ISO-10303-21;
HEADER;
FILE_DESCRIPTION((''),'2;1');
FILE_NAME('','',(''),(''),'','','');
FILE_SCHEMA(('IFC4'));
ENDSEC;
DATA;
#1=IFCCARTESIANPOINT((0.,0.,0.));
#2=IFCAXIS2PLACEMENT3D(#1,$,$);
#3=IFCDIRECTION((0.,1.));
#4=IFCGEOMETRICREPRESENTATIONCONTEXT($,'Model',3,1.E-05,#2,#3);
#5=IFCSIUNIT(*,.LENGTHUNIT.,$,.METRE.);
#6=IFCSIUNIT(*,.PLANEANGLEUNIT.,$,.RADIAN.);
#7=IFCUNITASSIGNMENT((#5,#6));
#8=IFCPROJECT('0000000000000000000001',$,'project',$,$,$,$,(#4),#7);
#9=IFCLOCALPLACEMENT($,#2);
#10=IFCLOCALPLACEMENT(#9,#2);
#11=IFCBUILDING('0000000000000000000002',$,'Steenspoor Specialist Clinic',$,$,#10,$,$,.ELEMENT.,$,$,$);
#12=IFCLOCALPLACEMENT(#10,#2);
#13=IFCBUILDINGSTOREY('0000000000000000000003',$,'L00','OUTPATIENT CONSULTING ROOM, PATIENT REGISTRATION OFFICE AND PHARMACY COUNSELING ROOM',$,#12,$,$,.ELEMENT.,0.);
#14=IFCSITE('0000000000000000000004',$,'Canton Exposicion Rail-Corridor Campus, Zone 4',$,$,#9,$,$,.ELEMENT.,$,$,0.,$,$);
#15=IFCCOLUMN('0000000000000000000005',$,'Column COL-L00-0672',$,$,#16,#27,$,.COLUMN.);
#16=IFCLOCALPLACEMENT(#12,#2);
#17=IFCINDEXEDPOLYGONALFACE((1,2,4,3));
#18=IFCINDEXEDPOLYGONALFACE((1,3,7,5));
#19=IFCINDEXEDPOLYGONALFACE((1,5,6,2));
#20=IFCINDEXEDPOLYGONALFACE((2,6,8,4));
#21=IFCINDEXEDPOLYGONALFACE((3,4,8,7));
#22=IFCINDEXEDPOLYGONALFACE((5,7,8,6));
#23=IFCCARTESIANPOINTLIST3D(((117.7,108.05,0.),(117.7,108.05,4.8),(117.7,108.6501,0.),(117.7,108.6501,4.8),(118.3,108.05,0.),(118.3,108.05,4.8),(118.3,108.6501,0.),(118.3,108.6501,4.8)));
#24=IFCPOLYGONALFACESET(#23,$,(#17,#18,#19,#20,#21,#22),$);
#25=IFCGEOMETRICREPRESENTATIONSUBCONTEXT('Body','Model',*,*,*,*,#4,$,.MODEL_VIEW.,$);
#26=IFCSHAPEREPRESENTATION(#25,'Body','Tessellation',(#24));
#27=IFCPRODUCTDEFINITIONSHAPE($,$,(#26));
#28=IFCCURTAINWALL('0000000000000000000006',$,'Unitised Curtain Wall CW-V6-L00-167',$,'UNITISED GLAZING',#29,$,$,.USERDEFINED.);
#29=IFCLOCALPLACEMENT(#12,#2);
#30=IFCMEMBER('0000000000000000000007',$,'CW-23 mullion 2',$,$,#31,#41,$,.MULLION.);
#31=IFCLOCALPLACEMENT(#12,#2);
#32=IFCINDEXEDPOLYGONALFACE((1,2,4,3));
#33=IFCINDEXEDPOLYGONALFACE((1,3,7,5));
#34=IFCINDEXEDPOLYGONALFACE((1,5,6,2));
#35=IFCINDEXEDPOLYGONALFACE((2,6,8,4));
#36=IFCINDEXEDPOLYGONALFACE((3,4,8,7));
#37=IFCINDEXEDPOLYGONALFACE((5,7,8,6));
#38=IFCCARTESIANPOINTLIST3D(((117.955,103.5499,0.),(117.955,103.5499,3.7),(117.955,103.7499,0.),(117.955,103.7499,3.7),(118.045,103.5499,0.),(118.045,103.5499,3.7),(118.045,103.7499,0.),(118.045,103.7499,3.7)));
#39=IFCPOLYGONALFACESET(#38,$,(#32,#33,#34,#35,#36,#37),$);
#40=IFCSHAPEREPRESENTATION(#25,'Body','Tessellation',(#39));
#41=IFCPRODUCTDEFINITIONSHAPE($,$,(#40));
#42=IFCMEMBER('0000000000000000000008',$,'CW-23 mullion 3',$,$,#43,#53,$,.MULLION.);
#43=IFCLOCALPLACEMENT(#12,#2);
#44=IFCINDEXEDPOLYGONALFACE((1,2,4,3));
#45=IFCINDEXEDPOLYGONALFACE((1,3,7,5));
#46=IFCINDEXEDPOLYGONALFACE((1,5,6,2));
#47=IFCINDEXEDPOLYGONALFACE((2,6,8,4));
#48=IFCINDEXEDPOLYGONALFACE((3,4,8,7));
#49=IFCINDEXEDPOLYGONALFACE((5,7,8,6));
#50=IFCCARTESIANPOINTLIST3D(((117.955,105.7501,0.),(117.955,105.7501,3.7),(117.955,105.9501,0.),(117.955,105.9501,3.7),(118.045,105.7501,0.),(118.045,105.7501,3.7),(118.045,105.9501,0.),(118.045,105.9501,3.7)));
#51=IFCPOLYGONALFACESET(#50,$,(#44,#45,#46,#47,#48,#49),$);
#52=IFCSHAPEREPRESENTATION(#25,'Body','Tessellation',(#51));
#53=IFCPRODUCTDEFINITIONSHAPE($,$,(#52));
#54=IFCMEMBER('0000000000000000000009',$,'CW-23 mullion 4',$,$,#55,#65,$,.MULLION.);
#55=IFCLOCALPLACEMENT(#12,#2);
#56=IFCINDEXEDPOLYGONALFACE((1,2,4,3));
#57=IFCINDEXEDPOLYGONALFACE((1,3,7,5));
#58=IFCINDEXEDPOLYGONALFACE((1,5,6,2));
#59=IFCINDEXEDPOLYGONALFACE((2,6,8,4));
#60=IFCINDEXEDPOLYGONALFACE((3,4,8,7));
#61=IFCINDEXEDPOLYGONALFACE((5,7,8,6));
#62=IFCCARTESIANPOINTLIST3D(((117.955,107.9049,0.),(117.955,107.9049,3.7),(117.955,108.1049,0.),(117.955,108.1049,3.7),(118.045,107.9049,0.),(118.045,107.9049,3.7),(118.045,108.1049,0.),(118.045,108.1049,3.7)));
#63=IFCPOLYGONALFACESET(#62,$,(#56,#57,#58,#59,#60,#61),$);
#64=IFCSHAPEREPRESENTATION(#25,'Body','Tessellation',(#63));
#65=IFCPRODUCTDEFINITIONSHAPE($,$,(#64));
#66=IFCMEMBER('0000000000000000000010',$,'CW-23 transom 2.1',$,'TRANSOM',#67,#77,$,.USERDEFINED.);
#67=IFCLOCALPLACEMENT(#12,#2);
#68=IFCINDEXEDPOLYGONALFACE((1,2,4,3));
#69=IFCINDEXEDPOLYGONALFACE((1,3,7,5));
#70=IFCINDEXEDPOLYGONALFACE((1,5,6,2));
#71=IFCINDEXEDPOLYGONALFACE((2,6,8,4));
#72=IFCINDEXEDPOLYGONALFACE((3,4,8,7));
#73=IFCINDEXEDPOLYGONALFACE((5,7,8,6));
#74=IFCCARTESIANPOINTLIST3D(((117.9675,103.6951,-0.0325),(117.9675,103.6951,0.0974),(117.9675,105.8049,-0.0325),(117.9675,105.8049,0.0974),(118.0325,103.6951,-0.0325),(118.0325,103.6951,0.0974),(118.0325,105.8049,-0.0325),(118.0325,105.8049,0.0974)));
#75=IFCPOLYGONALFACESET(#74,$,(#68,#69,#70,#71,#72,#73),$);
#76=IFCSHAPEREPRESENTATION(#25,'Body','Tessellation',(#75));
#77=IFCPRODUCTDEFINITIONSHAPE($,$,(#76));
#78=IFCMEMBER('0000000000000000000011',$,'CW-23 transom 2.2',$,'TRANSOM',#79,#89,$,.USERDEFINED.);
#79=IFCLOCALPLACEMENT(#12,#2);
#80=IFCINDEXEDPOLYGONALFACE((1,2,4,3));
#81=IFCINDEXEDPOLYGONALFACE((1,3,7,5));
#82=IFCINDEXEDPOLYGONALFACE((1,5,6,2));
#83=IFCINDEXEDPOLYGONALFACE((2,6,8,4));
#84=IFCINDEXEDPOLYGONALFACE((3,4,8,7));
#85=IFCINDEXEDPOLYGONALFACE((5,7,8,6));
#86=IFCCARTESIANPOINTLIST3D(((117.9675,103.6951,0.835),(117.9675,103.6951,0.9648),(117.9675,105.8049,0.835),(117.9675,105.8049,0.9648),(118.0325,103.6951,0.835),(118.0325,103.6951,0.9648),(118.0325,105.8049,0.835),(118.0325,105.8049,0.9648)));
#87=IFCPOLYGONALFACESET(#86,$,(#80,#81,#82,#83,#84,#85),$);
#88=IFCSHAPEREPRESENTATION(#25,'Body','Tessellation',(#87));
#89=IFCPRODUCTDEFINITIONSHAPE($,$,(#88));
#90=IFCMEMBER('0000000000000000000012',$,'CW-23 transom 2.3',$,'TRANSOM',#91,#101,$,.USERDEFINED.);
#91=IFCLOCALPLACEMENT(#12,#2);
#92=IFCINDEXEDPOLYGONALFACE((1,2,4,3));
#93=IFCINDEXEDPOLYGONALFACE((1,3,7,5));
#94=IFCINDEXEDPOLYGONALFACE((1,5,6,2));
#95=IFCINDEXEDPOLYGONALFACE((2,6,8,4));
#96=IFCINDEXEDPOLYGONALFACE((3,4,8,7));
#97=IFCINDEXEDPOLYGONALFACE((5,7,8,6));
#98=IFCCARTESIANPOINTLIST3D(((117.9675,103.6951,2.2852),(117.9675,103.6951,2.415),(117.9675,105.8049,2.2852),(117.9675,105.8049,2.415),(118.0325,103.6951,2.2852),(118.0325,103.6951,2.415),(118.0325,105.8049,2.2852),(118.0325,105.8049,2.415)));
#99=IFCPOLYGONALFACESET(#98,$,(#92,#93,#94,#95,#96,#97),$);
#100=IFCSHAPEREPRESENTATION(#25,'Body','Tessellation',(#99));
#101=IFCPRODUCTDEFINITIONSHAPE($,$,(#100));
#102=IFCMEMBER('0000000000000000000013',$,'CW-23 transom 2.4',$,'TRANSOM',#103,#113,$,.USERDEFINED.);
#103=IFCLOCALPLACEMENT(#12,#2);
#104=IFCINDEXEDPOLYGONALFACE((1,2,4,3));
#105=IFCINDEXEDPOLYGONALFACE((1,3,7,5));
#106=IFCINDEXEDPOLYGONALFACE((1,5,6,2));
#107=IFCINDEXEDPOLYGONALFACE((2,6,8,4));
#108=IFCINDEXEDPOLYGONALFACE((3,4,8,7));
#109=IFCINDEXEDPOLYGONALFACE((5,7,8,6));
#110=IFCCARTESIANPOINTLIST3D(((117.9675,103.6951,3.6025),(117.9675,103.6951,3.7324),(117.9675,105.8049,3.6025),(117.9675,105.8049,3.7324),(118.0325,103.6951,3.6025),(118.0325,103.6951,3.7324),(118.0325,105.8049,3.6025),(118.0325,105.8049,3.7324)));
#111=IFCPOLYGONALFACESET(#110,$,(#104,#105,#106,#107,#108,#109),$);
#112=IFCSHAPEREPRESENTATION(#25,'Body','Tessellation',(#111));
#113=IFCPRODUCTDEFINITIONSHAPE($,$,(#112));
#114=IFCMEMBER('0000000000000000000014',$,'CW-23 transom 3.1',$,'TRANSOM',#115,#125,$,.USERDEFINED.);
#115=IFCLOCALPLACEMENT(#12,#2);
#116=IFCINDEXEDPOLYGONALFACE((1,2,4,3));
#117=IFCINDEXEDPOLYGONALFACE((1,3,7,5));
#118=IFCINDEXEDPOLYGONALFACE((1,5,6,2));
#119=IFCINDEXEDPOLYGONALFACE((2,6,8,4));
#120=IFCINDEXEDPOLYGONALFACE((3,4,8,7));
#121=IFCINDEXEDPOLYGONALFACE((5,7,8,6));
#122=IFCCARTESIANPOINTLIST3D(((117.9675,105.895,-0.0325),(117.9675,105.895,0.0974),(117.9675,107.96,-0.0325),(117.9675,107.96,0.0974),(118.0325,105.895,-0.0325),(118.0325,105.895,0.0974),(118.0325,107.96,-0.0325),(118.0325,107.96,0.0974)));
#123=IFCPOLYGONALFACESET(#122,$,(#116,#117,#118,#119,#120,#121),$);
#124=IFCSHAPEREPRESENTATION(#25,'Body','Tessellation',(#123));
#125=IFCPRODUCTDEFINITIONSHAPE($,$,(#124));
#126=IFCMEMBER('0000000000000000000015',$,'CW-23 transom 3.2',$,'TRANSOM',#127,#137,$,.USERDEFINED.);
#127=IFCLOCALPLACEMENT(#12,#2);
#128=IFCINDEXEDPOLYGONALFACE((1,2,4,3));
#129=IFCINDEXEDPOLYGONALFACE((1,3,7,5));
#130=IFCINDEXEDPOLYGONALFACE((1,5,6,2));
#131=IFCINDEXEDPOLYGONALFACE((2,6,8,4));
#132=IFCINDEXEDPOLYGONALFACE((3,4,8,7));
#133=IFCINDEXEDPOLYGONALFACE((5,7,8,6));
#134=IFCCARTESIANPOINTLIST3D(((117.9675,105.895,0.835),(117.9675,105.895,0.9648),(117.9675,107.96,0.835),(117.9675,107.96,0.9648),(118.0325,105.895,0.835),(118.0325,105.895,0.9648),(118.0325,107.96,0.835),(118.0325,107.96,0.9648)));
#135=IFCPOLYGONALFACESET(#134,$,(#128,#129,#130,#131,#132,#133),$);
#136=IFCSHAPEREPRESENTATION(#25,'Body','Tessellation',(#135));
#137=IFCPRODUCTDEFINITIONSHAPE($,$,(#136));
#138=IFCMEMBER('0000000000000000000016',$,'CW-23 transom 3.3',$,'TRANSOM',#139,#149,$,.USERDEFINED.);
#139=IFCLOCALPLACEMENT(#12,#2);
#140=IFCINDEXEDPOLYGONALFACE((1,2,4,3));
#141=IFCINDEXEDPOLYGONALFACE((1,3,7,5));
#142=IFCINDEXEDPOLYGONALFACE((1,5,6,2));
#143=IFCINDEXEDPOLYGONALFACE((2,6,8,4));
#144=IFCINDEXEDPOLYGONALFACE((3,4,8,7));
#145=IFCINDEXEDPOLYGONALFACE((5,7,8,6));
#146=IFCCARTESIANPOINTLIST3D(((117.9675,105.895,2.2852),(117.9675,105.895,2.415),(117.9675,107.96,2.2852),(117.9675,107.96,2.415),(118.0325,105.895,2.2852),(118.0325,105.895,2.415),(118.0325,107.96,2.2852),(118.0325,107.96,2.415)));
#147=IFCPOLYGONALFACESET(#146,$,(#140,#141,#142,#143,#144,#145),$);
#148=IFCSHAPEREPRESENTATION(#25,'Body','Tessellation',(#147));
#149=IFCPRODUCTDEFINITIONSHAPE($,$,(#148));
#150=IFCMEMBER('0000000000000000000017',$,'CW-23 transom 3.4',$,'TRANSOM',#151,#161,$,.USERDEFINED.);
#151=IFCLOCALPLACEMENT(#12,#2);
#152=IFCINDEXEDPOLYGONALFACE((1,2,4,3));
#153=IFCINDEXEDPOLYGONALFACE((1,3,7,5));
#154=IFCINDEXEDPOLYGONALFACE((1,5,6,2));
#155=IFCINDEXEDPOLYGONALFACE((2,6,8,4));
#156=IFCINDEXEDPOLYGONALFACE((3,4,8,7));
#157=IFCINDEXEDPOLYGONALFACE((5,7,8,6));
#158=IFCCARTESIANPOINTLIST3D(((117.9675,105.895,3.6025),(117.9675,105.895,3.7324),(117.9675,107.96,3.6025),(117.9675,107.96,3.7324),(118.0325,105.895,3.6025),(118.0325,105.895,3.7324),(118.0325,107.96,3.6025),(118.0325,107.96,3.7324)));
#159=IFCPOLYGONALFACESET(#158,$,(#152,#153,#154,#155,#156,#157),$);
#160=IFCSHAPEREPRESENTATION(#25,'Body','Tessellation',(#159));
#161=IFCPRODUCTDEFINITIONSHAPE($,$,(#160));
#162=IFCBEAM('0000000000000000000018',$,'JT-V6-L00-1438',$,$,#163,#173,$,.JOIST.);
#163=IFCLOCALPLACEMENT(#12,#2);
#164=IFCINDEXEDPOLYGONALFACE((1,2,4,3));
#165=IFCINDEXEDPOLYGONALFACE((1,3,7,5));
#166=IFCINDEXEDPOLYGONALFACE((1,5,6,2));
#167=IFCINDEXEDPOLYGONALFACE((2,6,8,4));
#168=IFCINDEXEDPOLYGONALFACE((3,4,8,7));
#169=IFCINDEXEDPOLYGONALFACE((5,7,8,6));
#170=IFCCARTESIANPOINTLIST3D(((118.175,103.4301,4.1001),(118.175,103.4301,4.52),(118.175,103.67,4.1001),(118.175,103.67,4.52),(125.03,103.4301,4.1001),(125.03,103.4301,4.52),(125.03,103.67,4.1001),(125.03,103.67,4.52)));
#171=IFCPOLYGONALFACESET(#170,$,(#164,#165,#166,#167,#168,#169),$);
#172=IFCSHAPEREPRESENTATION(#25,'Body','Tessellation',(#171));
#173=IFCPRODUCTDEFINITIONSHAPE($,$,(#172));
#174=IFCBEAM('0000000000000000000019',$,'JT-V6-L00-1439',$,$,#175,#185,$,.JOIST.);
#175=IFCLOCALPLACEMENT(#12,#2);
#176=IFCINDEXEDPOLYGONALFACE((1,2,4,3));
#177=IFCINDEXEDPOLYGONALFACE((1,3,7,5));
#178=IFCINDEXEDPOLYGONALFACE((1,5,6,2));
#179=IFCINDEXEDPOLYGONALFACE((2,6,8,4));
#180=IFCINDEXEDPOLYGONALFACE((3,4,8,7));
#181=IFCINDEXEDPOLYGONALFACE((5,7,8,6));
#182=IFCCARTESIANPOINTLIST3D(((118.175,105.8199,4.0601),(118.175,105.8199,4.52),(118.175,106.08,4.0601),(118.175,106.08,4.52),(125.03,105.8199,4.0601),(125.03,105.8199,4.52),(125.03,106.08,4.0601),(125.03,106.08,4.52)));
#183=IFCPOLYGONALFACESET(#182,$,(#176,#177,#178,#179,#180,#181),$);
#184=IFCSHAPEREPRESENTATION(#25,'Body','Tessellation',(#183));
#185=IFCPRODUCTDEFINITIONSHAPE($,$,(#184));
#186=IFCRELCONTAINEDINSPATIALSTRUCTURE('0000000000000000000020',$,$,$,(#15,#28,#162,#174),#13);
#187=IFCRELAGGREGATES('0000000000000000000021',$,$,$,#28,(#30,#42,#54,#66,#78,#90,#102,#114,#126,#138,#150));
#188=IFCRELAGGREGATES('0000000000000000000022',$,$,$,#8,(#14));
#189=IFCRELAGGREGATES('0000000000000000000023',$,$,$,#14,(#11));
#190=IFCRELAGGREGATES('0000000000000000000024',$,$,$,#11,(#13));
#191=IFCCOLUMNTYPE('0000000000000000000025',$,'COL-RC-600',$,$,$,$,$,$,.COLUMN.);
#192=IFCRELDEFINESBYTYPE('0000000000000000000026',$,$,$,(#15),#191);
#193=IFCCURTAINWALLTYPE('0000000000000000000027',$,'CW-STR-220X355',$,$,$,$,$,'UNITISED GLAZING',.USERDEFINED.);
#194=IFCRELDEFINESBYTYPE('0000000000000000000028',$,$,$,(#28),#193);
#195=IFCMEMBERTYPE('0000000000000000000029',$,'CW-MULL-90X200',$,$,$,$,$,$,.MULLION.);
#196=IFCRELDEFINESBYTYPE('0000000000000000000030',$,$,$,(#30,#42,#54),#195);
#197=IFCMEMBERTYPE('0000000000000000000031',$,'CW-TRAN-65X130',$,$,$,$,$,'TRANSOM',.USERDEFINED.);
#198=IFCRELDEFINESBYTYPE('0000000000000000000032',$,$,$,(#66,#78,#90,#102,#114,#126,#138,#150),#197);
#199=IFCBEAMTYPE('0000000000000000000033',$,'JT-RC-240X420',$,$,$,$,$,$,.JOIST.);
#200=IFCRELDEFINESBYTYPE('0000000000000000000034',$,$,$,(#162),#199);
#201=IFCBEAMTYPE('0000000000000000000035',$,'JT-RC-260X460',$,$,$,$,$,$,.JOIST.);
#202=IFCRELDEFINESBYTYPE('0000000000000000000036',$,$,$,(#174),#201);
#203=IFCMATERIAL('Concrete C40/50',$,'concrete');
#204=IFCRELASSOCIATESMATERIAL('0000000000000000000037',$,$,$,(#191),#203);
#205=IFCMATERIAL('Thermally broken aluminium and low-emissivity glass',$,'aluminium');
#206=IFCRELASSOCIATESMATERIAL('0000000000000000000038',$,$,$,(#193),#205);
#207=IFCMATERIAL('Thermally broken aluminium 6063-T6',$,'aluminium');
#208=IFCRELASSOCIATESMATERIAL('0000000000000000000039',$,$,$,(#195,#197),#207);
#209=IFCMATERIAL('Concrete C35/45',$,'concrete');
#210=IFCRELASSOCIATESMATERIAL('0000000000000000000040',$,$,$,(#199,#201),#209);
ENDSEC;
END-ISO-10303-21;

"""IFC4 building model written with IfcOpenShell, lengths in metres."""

from ifc_helpers import new_model, si_unit, direction, frame, origin, origin_2d, place, context, subcontext, project, spatial, rectangle, extrude, material, material_profile, profile_set, type_object, element, aggregate, save


model = new_model("IFC4")

# Units and contexts
model_context = context("Model", 3, precision=1e-05, world=origin(), true_north=direction((0.0, 1.0)))
body_context = subcontext(model_context, "Body", "Model", "MODEL_VIEW")
ifc_project = project(units=[si_unit("LENGTHUNIT", "METRE"), si_unit("PLANEANGLEUNIT", "RADIAN")], contexts=[model_context])

# Site, building, storey
site_placement = place(None, origin())
site = spatial("IfcSite", under=ifc_project, at=site_placement, Name="Canton Exposicion Rail-Corridor Campus, Zone 4", CompositionType="ELEMENT", RefElevation=0.0)
building_placement = place(site_placement, origin())
building = spatial("IfcBuilding", under=site, at=building_placement, Name="Steenspoor Specialist Clinic", CompositionType="ELEMENT")
storey_placement = place(building_placement, origin())
storey = spatial("IfcBuildingStorey", under=building, at=storey_placement, Name="L00", Description="OUTPATIENT CONSULTING ROOM, PATIENT REGISTRATION OFFICE AND PHARMACY COUNSELING ROOM", CompositionType="ELEMENT", Elevation=0.0)

# Column
ifc_material_1 = material(Name="Concrete C40/50", Category="concrete")
ifc_material_profile_1 = material_profile(ifc_material_1, rectangle(XDim=0.6001, YDim=0.6001, at=origin_2d()), Name="RC-COL-600X600")
ifc_profile_set_1 = profile_set([ifc_material_profile_1], Name="Concrete C40/50")
column_type = type_object("IfcColumnType", Name="COL-RC-600", PredefinedType="COLUMN", material=ifc_profile_set_1)
column_placement = place(storey_placement, frame((118.0, 108.3501, 0.0), z_axis=(0.0, 0.0, 1.0), x_axis=(1.0, 0.0, 0.0)))
element("IfcColumn", 1, at=column_placement, inside=storey, type_object=column_type, Name="Column COL-L00-0672", PredefinedType="COLUMN", context=body_context, shape_type="SweptSolid", body=[
    extrude(rectangle(XDim=0.6001, YDim=0.6001, at=origin_2d()), origin(), (0.0, 0.0, 1.0), 4.8),
])

# Curtain wall, members
ifc_material_2 = material(Name="Thermally broken aluminium and low-emissivity glass", Category="aluminium")
curtain_wall_type = type_object("IfcCurtainWallType", Name="CW-STR-220X355", ElementType="UNITISED GLAZING", PredefinedType="USERDEFINED", material=ifc_material_2)
curtain_wall_placement = place(storey_placement, origin())
curtain_wall = element("IfcCurtainWall", 2, at=curtain_wall_placement, inside=storey, type_object=curtain_wall_type, Name="Unitised Curtain Wall CW-V6-L00-167", ObjectType="UNITISED GLAZING", PredefinedType="USERDEFINED")
ifc_material_3 = material(Name="Thermally broken aluminium 6063-T6", Category="aluminium")
ifc_material_profile_2 = material_profile(ifc_material_3, rectangle(XDim=0.0901, YDim=0.2, at=origin_2d()), Name="CWM-90X200")
ifc_profile_set_2 = profile_set([ifc_material_profile_2], Name="Thermally broken aluminium 6063-T6")
member_type_1 = type_object("IfcMemberType", Name="CW-MULL-90X200", PredefinedType="MULLION", material=ifc_profile_set_2)
member_1_placement = place(storey_placement, frame((118.0, 103.6499, 0.0), z_axis=(0.0, 0.0, 1.0), x_axis=(-1.0, 0.0, 0.0)))
member_1 = element("IfcMember", 3, at=member_1_placement, type_object=member_type_1, Name="CW-23 mullion 2", PredefinedType="MULLION", context=body_context, shape_type="SweptSolid", body=[
    extrude(rectangle(XDim=0.0901, YDim=0.2, at=origin_2d()), origin(), (0.0, 0.0, 1.0), 3.7),
])
member_2_placement = place(storey_placement, frame((118.0, 105.8501, 0.0), z_axis=(0.0, 0.0, 1.0), x_axis=(-1.0, 0.0, 0.0)))
member_2 = element("IfcMember", 4, at=member_2_placement, type_object=member_type_1, Name="CW-23 mullion 3", PredefinedType="MULLION", context=body_context, shape_type="SweptSolid", body=[
    extrude(rectangle(XDim=0.0901, YDim=0.2, at=origin_2d()), origin(), (0.0, 0.0, 1.0), 3.7),
])
member_3_placement = place(storey_placement, frame((118.0, 108.0049, 0.0), z_axis=(0.0, 0.0, 1.0), x_axis=(-1.0, 0.0, 0.0)))
member_3 = element("IfcMember", 5, at=member_3_placement, type_object=member_type_1, Name="CW-23 mullion 4", PredefinedType="MULLION", context=body_context, shape_type="SweptSolid", body=[
    extrude(rectangle(XDim=0.0901, YDim=0.2, at=origin_2d()), origin(), (0.0, 0.0, 1.0), 3.7),
])
ifc_material_profile_3 = material_profile(ifc_material_3, rectangle(XDim=0.0649, YDim=0.1299, at=origin_2d()), Name="CWT-65X130")
ifc_profile_set_3 = profile_set([ifc_material_profile_3], Name="Thermally broken aluminium 6063-T6")
member_type_2 = type_object("IfcMemberType", Name="CW-TRAN-65X130", ElementType="TRANSOM", PredefinedType="USERDEFINED", material=ifc_profile_set_3)
member_4_placement = place(storey_placement, frame((118.0, 103.6951, 0.0325), z_axis=(0.0, 1.0, 0.0), x_axis=(-1.0, 0.0, 0.0)))
member_4 = element("IfcMember", 6, at=member_4_placement, type_object=member_type_2, Name="CW-23 transom 2.1", ObjectType="TRANSOM", PredefinedType="USERDEFINED", context=body_context, shape_type="SweptSolid", body=[
    extrude(rectangle(XDim=0.0649, YDim=0.1299, at=origin_2d()), origin(), (0.0, 0.0, 1.0), 2.1099),
])
member_5_placement = place(storey_placement, frame((118.0, 103.6951, 0.8999), z_axis=(0.0, 1.0, 0.0), x_axis=(-1.0, 0.0, 0.0)))
member_5 = element("IfcMember", 7, at=member_5_placement, type_object=member_type_2, Name="CW-23 transom 2.2", ObjectType="TRANSOM", PredefinedType="USERDEFINED", context=body_context, shape_type="SweptSolid", body=[
    extrude(rectangle(XDim=0.0649, YDim=0.1299, at=origin_2d()), origin(), (0.0, 0.0, 1.0), 2.1099),
])
member_6_placement = place(storey_placement, frame((118.0, 103.6951, 2.3501), z_axis=(0.0, 1.0, 0.0), x_axis=(-1.0, 0.0, 0.0)))
member_6 = element("IfcMember", 8, at=member_6_placement, type_object=member_type_2, Name="CW-23 transom 2.3", ObjectType="TRANSOM", PredefinedType="USERDEFINED", context=body_context, shape_type="SweptSolid", body=[
    extrude(rectangle(XDim=0.0649, YDim=0.1299, at=origin_2d()), origin(), (0.0, 0.0, 1.0), 2.1099),
])
member_7_placement = place(storey_placement, frame((118.0, 103.6951, 3.6675), z_axis=(0.0, 1.0, 0.0), x_axis=(-1.0, 0.0, 0.0)))
member_7 = element("IfcMember", 9, at=member_7_placement, type_object=member_type_2, Name="CW-23 transom 2.4", ObjectType="TRANSOM", PredefinedType="USERDEFINED", context=body_context, shape_type="SweptSolid", body=[
    extrude(rectangle(XDim=0.0649, YDim=0.1299, at=origin_2d()), origin(), (0.0, 0.0, 1.0), 2.1099),
])
member_8_placement = place(storey_placement, frame((118.0, 105.895, 0.0325), z_axis=(0.0, 1.0, 0.0), x_axis=(-1.0, 0.0, 0.0)))
member_8 = element("IfcMember", 10, at=member_8_placement, type_object=member_type_2, Name="CW-23 transom 3.1", ObjectType="TRANSOM", PredefinedType="USERDEFINED", context=body_context, shape_type="SweptSolid", body=[
    extrude(rectangle(XDim=0.0649, YDim=0.1299, at=origin_2d()), origin(), (0.0, 0.0, 1.0), 2.0649),
])
member_9_placement = place(storey_placement, frame((118.0, 105.895, 0.8999), z_axis=(0.0, 1.0, 0.0), x_axis=(-1.0, 0.0, 0.0)))
member_9 = element("IfcMember", 11, at=member_9_placement, type_object=member_type_2, Name="CW-23 transom 3.2", ObjectType="TRANSOM", PredefinedType="USERDEFINED", context=body_context, shape_type="SweptSolid", body=[
    extrude(rectangle(XDim=0.0649, YDim=0.1299, at=origin_2d()), origin(), (0.0, 0.0, 1.0), 2.0649),
])
member_10_placement = place(storey_placement, frame((118.0, 105.895, 2.3501), z_axis=(0.0, 1.0, 0.0), x_axis=(-1.0, 0.0, 0.0)))
member_10 = element("IfcMember", 12, at=member_10_placement, type_object=member_type_2, Name="CW-23 transom 3.3", ObjectType="TRANSOM", PredefinedType="USERDEFINED", context=body_context, shape_type="SweptSolid", body=[
    extrude(rectangle(XDim=0.0649, YDim=0.1299, at=origin_2d()), origin(), (0.0, 0.0, 1.0), 2.0649),
])
member_11_placement = place(storey_placement, frame((118.0, 105.895, 3.6675), z_axis=(0.0, 1.0, 0.0), x_axis=(-1.0, 0.0, 0.0)))
member_11 = element("IfcMember", 13, at=member_11_placement, type_object=member_type_2, Name="CW-23 transom 3.4", ObjectType="TRANSOM", PredefinedType="USERDEFINED", context=body_context, shape_type="SweptSolid", body=[
    extrude(rectangle(XDim=0.0649, YDim=0.1299, at=origin_2d()), origin(), (0.0, 0.0, 1.0), 2.0649),
])

# Beams
ifc_material_4 = material(Name="Concrete C35/45", Category="concrete")
ifc_material_profile_4 = material_profile(ifc_material_4, rectangle(XDim=0.24, YDim=0.4199, at=origin_2d()), Name="RC-JT-240X420")
ifc_profile_set_4 = profile_set([ifc_material_profile_4], Name="Concrete C35/45")
beam_type_1 = type_object("IfcBeamType", Name="JT-RC-240X420", PredefinedType="JOIST", material=ifc_profile_set_4)
beam_1_placement = place(storey_placement, frame((118.175, 103.55, 4.3101), z_axis=(1.0, 0.0, 0.0), x_axis=(0.0, 1.0, 0.0)))
element("IfcBeam", 14, at=beam_1_placement, inside=storey, type_object=beam_type_1, Name="JT-V6-L00-1438", PredefinedType="JOIST", context=body_context, shape_type="SweptSolid", body=[
    extrude(rectangle(XDim=0.24, YDim=0.4199, at=origin_2d()), origin(), (0.0, 0.0, 1.0), 6.855),
])
ifc_material_profile_5 = material_profile(ifc_material_4, rectangle(XDim=0.26, YDim=0.46, at=origin_2d()), Name="RC-JT-260X460")
ifc_profile_set_5 = profile_set([ifc_material_profile_5], Name="Concrete C35/45")
beam_type_2 = type_object("IfcBeamType", Name="JT-RC-260X460", PredefinedType="JOIST", material=ifc_profile_set_5)
beam_2_placement = place(storey_placement, frame((118.175, 105.95, 4.29), z_axis=(1.0, 0.0, 0.0), x_axis=(0.0, 1.0, 0.0)))
element("IfcBeam", 15, at=beam_2_placement, inside=storey, type_object=beam_type_2, Name="JT-V6-L00-1439", PredefinedType="JOIST", context=body_context, shape_type="SweptSolid", body=[
    extrude(rectangle(XDim=0.26, YDim=0.46, at=origin_2d()), origin(), (0.0, 0.0, 1.0), 6.855),
])

aggregate(curtain_wall, [member_1, member_2, member_3, member_4, member_5, member_6, member_7, member_8, member_9, member_10, member_11])

save(model, "model.ifc")
